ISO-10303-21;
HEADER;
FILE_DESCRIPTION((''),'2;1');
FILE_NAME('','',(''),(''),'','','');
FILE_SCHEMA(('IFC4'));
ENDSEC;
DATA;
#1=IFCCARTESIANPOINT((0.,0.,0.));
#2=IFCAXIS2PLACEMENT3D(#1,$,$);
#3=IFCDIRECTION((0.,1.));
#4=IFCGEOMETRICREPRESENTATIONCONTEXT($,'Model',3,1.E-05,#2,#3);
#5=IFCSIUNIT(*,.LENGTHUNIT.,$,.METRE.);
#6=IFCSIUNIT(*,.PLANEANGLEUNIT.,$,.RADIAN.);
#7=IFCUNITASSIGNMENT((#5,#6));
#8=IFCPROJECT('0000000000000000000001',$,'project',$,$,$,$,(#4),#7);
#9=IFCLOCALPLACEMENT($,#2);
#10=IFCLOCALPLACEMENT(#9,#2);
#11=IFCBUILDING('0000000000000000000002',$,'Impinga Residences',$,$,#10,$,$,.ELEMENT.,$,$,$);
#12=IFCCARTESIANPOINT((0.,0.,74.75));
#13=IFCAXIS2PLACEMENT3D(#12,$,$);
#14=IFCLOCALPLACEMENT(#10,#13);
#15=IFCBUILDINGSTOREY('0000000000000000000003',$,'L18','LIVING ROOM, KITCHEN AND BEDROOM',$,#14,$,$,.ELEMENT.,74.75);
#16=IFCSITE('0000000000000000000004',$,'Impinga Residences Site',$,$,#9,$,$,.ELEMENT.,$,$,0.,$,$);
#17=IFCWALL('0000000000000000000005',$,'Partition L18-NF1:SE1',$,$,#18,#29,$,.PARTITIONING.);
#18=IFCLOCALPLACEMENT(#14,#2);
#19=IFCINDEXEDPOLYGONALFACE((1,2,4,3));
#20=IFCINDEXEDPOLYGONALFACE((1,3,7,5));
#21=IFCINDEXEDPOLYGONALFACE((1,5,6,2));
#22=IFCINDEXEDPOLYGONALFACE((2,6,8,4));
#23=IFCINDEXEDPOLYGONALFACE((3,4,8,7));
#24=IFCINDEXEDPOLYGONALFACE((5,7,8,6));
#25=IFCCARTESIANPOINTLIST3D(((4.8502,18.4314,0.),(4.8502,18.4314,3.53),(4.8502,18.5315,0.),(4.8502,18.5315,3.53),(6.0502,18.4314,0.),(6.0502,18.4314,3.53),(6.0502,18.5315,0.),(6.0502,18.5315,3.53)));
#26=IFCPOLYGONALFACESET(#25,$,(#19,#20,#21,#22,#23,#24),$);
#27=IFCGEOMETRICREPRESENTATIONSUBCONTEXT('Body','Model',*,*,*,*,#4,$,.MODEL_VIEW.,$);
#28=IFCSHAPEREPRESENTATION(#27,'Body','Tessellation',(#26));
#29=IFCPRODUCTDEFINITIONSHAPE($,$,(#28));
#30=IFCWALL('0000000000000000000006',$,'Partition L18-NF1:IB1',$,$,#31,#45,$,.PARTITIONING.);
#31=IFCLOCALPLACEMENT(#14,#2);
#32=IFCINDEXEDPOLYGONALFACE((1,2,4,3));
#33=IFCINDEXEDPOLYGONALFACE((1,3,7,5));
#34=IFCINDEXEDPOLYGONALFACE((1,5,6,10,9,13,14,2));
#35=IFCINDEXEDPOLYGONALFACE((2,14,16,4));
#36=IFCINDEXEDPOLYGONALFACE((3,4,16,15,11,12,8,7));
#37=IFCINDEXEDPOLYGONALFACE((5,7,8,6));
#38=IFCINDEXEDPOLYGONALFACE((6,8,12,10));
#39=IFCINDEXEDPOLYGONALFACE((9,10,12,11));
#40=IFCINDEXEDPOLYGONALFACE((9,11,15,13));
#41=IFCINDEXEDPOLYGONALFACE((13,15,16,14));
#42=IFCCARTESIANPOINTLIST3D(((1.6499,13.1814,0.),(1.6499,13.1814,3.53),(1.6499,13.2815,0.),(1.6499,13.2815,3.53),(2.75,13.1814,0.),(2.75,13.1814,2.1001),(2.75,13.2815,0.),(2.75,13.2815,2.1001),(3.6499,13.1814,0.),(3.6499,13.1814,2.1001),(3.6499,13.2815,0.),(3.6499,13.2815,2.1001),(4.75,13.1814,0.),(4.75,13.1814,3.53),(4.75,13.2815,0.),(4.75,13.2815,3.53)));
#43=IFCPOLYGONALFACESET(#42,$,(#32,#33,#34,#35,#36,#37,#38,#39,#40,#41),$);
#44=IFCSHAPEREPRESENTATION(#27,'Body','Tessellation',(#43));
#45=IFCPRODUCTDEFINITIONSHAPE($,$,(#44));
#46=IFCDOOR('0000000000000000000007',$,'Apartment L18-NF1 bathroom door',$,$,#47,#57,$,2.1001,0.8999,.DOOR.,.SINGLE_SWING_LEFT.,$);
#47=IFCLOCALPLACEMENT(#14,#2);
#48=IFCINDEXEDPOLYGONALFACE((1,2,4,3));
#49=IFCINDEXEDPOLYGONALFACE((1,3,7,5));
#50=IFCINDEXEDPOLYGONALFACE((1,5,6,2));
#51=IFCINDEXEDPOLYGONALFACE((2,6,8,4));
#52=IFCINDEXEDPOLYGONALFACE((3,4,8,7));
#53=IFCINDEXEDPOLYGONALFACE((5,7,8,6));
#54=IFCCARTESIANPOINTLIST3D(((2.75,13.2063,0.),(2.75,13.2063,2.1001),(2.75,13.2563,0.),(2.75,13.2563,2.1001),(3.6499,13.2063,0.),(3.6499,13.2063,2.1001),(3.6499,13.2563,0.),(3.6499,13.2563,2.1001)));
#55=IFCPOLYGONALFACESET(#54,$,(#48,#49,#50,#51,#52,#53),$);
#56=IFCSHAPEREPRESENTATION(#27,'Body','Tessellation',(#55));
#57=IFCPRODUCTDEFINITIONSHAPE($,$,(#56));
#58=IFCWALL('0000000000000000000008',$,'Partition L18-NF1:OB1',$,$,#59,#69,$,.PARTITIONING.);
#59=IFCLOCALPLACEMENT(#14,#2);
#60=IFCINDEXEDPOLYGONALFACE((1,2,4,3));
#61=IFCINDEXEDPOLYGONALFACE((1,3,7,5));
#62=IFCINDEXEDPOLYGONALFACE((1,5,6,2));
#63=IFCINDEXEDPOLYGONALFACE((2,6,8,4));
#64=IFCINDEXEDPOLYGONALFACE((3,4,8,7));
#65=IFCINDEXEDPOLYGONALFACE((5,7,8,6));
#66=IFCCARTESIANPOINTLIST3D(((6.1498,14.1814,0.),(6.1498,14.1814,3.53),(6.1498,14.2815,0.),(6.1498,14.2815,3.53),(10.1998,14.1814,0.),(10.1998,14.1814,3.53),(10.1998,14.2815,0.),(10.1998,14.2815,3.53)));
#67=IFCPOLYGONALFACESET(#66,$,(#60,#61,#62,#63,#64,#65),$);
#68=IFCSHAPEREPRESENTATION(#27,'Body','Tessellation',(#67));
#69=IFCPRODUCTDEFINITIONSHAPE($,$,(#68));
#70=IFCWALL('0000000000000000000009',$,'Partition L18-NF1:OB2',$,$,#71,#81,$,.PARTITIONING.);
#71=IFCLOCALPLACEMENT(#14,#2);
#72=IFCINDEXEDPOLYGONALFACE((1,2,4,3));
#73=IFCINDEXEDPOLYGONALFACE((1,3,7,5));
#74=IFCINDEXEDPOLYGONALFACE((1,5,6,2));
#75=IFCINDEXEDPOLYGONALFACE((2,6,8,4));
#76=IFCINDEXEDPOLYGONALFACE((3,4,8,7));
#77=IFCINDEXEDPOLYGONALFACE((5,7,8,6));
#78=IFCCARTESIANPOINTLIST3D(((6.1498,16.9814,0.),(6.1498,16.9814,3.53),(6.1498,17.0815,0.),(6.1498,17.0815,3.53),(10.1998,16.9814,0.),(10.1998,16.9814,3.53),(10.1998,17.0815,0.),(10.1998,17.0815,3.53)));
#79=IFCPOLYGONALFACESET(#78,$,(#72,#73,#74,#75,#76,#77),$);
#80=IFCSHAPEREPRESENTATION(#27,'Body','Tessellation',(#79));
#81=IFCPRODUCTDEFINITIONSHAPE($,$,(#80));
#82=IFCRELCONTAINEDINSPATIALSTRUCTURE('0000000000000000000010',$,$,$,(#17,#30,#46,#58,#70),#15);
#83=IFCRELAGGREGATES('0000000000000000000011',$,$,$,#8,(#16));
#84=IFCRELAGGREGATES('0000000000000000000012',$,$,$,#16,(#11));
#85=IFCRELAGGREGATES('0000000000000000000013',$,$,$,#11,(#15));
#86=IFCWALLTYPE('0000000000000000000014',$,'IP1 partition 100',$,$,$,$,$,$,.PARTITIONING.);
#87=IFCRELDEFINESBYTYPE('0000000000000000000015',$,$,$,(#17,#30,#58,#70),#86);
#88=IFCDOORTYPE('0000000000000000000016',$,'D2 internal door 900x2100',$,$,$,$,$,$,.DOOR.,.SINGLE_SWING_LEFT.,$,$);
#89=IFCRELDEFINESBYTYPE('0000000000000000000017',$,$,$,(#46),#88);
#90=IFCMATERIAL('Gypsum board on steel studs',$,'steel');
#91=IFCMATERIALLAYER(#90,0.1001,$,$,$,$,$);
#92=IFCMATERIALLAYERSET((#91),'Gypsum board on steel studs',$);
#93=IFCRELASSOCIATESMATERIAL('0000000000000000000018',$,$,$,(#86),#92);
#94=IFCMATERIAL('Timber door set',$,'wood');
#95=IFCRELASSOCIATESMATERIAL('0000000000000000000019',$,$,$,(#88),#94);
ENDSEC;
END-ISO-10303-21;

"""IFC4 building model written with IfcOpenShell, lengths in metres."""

from ifc_helpers import new_model, si_unit, direction, frame, frame_2d, origin, place, context, subcontext, project, spatial, rectangle, extrude, material, layer, layer_set, type_object, element, fill, save


model = new_model("IFC4")

# Units and contexts
model_context = context("Model", 3, precision=1e-05, world=origin(), true_north=direction((0.0, 1.0)))
body_context = subcontext(model_context, "Body", "Model", "MODEL_VIEW")
ifc_project = project(units=[si_unit("LENGTHUNIT", "METRE"), si_unit("PLANEANGLEUNIT", "RADIAN")], contexts=[model_context])

# Site, building, storey
site_placement = place(None, origin())
site = spatial("IfcSite", under=ifc_project, at=site_placement, Name="Impinga Residences Site", CompositionType="ELEMENT", RefElevation=0.0)
building_placement = place(site_placement, origin())
building = spatial("IfcBuilding", under=site, at=building_placement, Name="Impinga Residences", CompositionType="ELEMENT")
storey_placement = place(building_placement, frame((0.0, 0.0, 74.75)))
storey = spatial("IfcBuildingStorey", under=building, at=storey_placement, Name="L18", Description="LIVING ROOM, KITCHEN AND BEDROOM", CompositionType="ELEMENT", Elevation=74.75)

# Shared definitions
ifc_material_1 = material(Name="Gypsum board on steel studs", Category="steel")
ifc_layer_1 = layer(ifc_material_1, 0.1001)
ifc_layer_set_1 = layer_set([ifc_layer_1], Name="Gypsum board on steel studs")
wall_type_1 = type_object("IfcWallType", Name="IP1 partition 100", PredefinedType="PARTITIONING", material=ifc_layer_set_1)

# Shared definitions
ifc_material_2 = material(Name="Timber door set", Category="wood")
door_type = type_object("IfcDoorType", Name="D2 internal door 900x2100", OperationType="SINGLE_SWING_LEFT", PredefinedType="DOOR", material=ifc_material_2)

# Wall
wall_1_placement = place(storey_placement, frame((4.8501, 18.4814, 0.0), z_axis=(0.0, 0.0, 1.0), x_axis=(1.0, 0.0, 0.0)))
element("IfcWall", 1, at=wall_1_placement, inside=storey, type_object=wall_type_1, Name="Partition L18-NF1:SE1", PredefinedType="PARTITIONING", context=body_context, shape_type="SweptSolid", body=[
    extrude(rectangle(XDim=1.2, YDim=0.1001, at=frame_2d((0.6001, 0.0))), origin(), (0.0, 0.0, 1.0), 3.53),
])

# Wall, opening, door
wall_2_placement = place(storey_placement, frame((1.6499, 13.2314, 0.0), z_axis=(0.0, 0.0, 1.0), x_axis=(1.0, 0.0, 0.0)))
wall_2 = element("IfcWall", 2, at=wall_2_placement, inside=storey, type_object=wall_type_1, Name="Partition L18-NF1:IB1", PredefinedType="PARTITIONING", context=body_context, shape_type="SweptSolid", body=[
    extrude(rectangle(XDim=3.1001, YDim=0.1001, at=frame_2d((1.55, 0.0))), origin(), (0.0, 0.0, 1.0), 3.53),
])
opening_1_placement = place(wall_2_placement, frame((1.1001, 0.0, 0.0)))
opening_1 = element("IfcOpeningElement", 3, at=opening_1_placement, cuts=wall_2, PredefinedType="OPENING", context=body_context, shape_type="SweptSolid", body=[
    extrude(rectangle(XDim=0.8999, YDim=2.1001, at=frame_2d((0.45, 1.05))), frame((0.0, 0.0601, 0.0), z_axis=(0.0, -1.0, 0.0), x_axis=(1.0, 0.0, 0.0)), (0.0, 0.0, 1.0), 0.1201),
])
door_1_placement = place(opening_1_placement, origin())
door_1 = element("IfcDoor", 4, at=door_1_placement, inside=storey, type_object=door_type, Name="Apartment L18-NF1 bathroom door", OperationType="SINGLE_SWING_LEFT", OverallHeight=2.1001, OverallWidth=0.8999, PredefinedType="DOOR", context=body_context, shape_type="SweptSolid", body=[
    extrude(rectangle(XDim=0.8999, YDim=2.1001, at=frame_2d((0.45, 1.05))), frame((0.0, 0.0249, 0.0), z_axis=(0.0, -1.0, 0.0), x_axis=(1.0, 0.0, 0.0)), (0.0, 0.0, 1.0), 0.05),
])
fill(opening_1, door_1)

# Walls
for number, where, z_axis, x_axis, name in (
    (5, (6.1499, 14.2314, 0.0), (0.0, 0.0, 1.0), (1.0, 0.0, 0.0), "Partition L18-NF1:OB1"),
    (6, (6.1499, 17.0315, 0.0), (0.0, 0.0, 1.0), (1.0, 0.0, 0.0), "Partition L18-NF1:OB2"),
):
    element("IfcWall", number, at=place(storey_placement, frame(where, z_axis=z_axis, x_axis=x_axis)), inside=storey, type_object=wall_type_1, Name=name, PredefinedType="PARTITIONING", context=body_context, shape_type="SweptSolid", body=[
        extrude(rectangle(XDim=4.05, YDim=0.1001, at=frame_2d((2.0249, 0.0))), origin(), (0.0, 0.0, 1.0), 3.53),
    ])

save(model, "model.ifc")
